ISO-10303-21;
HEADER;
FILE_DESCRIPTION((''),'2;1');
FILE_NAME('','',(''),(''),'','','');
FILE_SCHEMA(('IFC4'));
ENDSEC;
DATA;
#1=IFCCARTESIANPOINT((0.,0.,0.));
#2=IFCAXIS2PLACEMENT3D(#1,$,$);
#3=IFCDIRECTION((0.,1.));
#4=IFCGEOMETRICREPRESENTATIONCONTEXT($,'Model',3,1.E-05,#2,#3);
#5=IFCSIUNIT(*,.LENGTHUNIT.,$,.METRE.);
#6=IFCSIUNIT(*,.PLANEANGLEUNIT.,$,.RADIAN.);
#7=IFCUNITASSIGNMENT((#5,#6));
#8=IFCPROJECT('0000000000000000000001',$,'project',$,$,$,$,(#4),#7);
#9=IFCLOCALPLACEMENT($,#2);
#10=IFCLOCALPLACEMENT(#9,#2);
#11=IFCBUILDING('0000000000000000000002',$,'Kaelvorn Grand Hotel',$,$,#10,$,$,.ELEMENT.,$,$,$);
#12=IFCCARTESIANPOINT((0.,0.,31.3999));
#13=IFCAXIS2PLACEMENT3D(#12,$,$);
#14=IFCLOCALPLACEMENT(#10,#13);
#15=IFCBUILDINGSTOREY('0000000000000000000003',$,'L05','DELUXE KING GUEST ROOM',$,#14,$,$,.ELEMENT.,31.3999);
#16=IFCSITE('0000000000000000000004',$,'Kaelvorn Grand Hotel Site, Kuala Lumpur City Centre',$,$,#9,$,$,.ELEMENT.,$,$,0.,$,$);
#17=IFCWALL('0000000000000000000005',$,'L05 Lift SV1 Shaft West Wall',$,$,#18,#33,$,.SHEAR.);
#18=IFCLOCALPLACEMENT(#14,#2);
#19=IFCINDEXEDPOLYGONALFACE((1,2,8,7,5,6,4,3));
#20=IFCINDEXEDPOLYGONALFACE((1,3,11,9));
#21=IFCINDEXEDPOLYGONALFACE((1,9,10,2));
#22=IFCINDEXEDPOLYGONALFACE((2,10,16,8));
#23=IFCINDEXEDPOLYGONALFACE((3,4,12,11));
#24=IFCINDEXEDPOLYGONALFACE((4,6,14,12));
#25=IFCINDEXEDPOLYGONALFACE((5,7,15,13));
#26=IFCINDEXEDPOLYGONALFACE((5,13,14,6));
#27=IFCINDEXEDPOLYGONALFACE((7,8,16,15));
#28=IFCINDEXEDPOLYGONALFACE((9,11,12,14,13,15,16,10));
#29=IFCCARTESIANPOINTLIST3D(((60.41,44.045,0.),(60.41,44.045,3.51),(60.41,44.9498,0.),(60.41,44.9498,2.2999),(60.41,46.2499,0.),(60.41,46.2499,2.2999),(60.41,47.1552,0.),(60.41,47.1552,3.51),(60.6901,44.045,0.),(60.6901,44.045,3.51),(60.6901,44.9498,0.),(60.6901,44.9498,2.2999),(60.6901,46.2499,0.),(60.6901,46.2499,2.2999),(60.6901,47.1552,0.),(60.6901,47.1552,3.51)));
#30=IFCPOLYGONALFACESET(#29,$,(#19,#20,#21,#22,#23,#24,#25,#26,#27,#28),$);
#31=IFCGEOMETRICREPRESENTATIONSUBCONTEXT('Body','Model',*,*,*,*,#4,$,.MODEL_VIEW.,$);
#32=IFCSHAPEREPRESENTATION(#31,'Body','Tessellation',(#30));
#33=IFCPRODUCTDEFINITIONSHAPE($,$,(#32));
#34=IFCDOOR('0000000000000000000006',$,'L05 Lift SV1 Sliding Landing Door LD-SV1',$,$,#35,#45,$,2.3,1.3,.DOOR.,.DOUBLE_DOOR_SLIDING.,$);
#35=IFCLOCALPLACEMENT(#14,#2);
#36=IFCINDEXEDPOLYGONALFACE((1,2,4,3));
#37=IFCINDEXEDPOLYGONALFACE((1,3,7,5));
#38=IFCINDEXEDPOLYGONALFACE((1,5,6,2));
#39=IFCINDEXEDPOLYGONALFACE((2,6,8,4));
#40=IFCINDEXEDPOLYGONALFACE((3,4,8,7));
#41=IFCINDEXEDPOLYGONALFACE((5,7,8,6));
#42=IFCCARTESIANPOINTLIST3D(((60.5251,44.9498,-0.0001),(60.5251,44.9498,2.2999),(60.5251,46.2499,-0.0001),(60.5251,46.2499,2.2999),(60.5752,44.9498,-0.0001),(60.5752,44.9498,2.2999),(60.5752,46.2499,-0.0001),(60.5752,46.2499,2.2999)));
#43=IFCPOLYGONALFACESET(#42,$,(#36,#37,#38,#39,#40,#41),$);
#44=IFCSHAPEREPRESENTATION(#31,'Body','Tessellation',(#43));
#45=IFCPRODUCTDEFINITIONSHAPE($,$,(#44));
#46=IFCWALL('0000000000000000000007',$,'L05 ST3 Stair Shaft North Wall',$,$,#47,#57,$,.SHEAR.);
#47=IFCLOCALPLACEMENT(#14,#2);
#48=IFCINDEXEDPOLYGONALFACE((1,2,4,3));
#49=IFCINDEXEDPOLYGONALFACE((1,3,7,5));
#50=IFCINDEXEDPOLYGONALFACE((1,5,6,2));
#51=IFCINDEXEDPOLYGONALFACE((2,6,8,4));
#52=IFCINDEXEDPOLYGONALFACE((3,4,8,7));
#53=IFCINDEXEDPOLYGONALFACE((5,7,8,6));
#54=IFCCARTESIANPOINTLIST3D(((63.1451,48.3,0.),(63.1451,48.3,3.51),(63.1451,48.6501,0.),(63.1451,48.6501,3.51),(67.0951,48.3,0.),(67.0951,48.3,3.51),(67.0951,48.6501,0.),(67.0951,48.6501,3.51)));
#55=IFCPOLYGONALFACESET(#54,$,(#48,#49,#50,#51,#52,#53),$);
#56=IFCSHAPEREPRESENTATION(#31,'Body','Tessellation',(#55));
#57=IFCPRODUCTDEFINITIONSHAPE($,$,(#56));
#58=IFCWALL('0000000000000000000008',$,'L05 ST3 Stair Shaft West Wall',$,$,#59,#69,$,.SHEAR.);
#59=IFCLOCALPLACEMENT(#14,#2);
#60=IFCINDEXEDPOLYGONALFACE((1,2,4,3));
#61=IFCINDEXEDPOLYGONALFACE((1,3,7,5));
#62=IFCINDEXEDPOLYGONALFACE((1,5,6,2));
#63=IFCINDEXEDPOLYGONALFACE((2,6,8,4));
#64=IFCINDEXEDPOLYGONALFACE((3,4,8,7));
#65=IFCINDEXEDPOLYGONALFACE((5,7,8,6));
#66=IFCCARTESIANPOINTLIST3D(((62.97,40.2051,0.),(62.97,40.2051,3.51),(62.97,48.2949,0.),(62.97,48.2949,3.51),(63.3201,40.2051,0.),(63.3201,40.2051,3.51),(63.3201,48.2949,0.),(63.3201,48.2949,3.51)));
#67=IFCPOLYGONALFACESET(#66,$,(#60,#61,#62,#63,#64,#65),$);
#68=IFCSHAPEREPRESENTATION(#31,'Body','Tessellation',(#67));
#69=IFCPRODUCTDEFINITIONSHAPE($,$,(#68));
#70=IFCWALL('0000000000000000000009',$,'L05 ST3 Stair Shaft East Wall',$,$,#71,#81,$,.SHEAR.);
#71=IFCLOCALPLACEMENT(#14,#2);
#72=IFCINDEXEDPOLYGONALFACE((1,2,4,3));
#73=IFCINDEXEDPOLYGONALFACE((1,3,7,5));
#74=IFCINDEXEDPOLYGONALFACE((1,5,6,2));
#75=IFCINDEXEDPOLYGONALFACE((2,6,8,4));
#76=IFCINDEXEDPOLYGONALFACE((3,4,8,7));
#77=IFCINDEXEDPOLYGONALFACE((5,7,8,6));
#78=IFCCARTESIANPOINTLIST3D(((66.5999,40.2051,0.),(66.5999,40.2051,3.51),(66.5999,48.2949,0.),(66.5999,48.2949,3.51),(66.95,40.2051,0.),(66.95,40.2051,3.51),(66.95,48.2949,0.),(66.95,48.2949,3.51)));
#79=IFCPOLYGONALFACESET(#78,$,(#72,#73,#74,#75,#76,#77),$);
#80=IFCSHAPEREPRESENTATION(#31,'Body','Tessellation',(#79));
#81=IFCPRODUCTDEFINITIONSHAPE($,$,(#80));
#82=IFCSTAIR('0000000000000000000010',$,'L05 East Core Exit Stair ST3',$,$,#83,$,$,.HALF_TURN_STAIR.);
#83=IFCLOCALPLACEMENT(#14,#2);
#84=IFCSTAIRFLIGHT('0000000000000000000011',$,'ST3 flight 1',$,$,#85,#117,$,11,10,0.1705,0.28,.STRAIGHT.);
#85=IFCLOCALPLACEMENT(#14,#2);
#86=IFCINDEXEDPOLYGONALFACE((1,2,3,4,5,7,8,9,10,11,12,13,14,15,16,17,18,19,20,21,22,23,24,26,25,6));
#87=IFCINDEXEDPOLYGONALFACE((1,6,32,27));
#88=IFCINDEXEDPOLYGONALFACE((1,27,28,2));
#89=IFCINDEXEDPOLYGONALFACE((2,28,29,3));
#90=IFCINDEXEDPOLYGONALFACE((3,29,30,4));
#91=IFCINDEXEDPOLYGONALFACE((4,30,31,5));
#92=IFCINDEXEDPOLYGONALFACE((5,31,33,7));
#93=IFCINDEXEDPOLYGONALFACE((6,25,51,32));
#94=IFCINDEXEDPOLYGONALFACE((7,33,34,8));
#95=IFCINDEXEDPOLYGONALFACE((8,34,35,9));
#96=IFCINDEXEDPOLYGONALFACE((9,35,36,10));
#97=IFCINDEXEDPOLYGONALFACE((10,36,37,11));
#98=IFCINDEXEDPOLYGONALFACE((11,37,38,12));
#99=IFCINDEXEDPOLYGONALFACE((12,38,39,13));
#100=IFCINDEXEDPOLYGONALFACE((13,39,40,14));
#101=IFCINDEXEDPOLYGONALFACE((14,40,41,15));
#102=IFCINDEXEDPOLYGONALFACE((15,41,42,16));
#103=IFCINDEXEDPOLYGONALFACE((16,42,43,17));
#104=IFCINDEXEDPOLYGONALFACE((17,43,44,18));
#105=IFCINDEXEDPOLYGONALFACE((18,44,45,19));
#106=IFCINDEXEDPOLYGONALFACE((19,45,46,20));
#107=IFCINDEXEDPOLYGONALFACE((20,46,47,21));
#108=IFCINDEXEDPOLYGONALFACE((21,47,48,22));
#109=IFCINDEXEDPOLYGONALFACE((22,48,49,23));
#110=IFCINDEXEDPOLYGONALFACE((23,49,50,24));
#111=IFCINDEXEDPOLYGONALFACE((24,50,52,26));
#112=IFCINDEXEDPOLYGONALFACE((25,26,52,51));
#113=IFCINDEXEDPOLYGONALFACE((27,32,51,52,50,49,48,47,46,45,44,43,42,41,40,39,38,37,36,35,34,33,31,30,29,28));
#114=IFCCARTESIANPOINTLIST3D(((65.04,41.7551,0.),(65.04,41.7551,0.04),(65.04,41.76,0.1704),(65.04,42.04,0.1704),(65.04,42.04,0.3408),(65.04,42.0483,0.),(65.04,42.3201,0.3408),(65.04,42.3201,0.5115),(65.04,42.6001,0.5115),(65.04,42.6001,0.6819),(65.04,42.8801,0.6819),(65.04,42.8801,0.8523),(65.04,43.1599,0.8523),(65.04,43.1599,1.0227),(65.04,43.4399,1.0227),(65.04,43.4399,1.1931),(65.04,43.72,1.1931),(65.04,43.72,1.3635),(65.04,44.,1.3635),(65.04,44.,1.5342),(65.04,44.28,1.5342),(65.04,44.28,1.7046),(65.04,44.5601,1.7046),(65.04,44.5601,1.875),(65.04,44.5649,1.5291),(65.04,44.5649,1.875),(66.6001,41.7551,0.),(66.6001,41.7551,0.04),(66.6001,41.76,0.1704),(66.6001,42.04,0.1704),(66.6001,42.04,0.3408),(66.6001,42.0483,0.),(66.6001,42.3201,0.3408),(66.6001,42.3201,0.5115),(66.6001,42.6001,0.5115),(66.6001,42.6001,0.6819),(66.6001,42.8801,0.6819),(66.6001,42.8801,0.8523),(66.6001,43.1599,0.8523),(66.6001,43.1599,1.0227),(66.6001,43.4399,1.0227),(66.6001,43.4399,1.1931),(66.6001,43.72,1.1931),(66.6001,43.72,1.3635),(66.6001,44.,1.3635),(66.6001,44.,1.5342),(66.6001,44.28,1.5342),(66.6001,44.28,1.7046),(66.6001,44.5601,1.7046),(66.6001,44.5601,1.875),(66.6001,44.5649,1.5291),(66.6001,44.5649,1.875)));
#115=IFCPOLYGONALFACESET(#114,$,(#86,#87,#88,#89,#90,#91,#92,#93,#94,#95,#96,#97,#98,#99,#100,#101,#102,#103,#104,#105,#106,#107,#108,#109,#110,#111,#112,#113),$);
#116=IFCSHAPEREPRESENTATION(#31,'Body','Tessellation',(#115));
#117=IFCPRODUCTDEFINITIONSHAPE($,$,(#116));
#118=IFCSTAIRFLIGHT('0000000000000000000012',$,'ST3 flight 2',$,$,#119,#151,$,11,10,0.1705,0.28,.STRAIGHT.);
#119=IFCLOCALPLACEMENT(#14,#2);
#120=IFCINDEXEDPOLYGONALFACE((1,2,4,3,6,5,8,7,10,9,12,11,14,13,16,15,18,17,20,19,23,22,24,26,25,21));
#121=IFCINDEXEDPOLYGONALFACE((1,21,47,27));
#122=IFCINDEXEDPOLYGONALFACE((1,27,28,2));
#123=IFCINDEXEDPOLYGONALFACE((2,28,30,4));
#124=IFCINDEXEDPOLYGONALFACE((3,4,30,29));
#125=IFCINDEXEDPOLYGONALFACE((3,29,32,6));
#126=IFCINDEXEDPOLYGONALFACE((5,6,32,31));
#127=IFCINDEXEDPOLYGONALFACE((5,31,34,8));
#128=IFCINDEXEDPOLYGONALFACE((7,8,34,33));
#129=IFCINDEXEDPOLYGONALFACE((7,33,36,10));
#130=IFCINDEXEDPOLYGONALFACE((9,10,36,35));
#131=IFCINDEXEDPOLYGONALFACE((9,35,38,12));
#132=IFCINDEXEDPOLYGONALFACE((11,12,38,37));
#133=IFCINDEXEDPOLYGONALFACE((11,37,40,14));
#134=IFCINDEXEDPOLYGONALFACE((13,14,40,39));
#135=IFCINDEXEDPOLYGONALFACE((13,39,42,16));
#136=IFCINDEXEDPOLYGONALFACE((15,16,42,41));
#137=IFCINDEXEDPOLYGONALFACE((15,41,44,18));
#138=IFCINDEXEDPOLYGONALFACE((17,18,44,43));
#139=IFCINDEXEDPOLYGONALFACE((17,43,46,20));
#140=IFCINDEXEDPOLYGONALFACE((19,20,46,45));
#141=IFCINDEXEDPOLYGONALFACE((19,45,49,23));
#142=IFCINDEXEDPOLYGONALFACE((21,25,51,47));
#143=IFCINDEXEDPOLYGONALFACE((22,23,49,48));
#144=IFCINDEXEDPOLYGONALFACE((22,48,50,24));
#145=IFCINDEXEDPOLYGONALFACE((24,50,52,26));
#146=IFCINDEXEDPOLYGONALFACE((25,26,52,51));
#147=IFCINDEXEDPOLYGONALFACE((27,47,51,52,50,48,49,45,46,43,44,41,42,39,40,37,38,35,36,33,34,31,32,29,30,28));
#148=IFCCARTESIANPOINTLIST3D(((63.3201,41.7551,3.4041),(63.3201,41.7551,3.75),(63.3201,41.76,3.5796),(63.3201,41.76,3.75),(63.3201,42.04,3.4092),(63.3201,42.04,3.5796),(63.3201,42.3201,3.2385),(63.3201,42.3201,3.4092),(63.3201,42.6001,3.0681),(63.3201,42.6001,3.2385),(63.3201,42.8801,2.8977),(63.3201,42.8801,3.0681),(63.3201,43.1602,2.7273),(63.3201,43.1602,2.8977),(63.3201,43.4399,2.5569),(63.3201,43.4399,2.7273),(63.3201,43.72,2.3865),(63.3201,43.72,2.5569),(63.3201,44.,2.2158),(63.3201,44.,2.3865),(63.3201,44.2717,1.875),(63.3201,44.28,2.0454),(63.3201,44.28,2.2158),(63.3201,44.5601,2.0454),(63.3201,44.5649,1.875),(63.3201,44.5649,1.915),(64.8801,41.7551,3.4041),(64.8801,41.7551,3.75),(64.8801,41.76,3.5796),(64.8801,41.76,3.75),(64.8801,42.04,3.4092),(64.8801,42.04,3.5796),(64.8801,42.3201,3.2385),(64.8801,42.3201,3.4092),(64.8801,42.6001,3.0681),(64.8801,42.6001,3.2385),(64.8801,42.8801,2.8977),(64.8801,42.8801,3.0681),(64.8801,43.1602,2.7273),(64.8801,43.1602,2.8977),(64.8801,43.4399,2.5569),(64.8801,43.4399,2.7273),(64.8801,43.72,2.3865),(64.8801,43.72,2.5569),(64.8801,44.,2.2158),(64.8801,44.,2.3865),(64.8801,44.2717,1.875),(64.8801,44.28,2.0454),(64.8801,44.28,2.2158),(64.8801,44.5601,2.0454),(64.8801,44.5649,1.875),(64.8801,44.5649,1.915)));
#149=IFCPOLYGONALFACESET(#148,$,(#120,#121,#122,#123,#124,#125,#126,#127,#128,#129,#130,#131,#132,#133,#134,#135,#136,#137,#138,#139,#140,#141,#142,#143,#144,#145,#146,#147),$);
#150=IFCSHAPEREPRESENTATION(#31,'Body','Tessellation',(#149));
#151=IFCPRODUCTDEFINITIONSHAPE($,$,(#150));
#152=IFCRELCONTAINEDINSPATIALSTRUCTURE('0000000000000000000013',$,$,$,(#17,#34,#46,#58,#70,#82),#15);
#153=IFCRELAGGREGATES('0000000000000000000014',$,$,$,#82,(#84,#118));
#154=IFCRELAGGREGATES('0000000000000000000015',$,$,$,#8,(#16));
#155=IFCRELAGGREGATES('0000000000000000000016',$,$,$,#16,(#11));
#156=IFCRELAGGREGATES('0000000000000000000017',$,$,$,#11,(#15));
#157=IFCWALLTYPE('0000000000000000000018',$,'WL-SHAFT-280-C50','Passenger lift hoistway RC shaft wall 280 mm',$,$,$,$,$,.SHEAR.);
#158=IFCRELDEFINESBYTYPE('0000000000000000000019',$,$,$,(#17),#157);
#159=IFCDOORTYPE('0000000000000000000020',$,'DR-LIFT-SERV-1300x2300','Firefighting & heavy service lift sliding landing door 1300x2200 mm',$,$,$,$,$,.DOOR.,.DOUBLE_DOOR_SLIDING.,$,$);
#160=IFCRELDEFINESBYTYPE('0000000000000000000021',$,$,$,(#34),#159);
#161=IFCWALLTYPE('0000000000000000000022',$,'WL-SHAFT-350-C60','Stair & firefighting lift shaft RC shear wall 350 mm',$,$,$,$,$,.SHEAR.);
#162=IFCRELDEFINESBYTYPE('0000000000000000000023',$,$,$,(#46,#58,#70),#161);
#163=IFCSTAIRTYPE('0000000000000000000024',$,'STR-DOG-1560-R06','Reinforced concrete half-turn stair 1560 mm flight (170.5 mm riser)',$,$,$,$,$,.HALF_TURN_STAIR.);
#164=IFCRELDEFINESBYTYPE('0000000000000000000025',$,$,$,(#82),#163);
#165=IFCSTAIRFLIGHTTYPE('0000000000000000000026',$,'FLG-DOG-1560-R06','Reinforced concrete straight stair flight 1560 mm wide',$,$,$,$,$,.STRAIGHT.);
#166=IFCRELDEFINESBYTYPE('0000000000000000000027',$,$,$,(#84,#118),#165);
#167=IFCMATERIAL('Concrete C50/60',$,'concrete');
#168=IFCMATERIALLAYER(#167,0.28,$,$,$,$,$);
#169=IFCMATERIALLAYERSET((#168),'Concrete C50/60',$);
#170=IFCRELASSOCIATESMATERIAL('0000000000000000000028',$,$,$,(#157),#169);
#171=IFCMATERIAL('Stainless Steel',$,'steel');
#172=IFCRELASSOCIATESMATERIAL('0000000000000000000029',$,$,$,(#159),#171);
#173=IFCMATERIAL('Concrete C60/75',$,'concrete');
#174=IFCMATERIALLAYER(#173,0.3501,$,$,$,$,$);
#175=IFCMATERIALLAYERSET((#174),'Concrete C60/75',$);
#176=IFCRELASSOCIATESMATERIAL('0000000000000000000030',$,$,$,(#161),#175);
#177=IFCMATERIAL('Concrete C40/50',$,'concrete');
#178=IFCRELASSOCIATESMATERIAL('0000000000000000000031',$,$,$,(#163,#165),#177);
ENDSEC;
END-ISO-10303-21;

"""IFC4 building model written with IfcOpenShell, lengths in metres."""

from ifc_helpers import new_model, si_unit, direction, frame, frame_2d, origin, place, context, subcontext, project, spatial, polyline, rectangle, outline, extrude, material, layer, layer_set, type_object, element, fill, aggregate, save


model = new_model("IFC4")

# Units and contexts
model_context = context("Model", 3, precision=1e-05, world=origin(), true_north=direction((0.0, 1.0)))
body_context = subcontext(model_context, "Body", "Model", "MODEL_VIEW")
ifc_project = project(units=[si_unit("LENGTHUNIT", "METRE"), si_unit("PLANEANGLEUNIT", "RADIAN")], contexts=[model_context])

# Site, building, storey
site_placement = place(None, origin())
site = spatial("IfcSite", under=ifc_project, at=site_placement, Name="Kaelvorn Grand Hotel Site, Kuala Lumpur City Centre", CompositionType="ELEMENT", RefElevation=0.0)
building_placement = place(site_placement, origin())
building = spatial("IfcBuilding", under=site, at=building_placement, Name="Kaelvorn Grand Hotel", CompositionType="ELEMENT")
storey_placement = place(building_placement, frame((0.0, 0.0, 31.3999)))
storey = spatial("IfcBuildingStorey", under=building, at=storey_placement, Name="L05", Description="DELUXE KING GUEST ROOM", CompositionType="ELEMENT", Elevation=31.3999)

# Shared definitions
ifc_material_1 = material(Name="Concrete C60/75", Category="concrete")

# Shared definitions
ifc_material_2 = material(Name="Concrete C40/50", Category="concrete")

# Shared definitions
ifc_material_3 = material(Name="Concrete C50/60", Category="concrete")
ifc_layer_1 = layer(ifc_material_3, 0.28)
ifc_layer_set_1 = layer_set([ifc_layer_1], Name="Concrete C50/60")
wall_type_1 = type_object("IfcWallType", Name="WL-SHAFT-280-C50", Description="Passenger lift hoistway RC shaft wall 280 mm", PredefinedType="SHEAR", material=ifc_layer_set_1)
ifc_material_4 = material(Name="Stainless Steel", Category="steel")
door_type_1 = type_object("IfcDoorType", Name="DR-LIFT-SERV-1300x2300", Description="Firefighting & heavy service lift sliding landing door 1300x2200 mm", OperationType="DOUBLE_DOOR_SLIDING", PredefinedType="DOOR", material=ifc_material_4)

# Wall, opening, door
wall_1_placement = place(storey_placement, frame((60.55, 44.0449, 0.0), z_axis=(0.0, 0.0, 1.0), x_axis=(0.0, 1.0, 0.0)))
wall_1 = element("IfcWall", 1, at=wall_1_placement, inside=storey, type_object=wall_type_1, Name="L05 Lift SV1 Shaft West Wall", PredefinedType="SHEAR", context=body_context, shape_type="SweptSolid", body=[
    extrude(rectangle(XDim=3.1101, YDim=0.28, at=frame_2d((1.5552, 0.0))), origin(), (0.0, 0.0, 1.0), 3.51),
])
opening_1_placement = place(wall_1_placement, frame((0.905, 0.0, 0.0)))
opening_1 = element("IfcOpeningElement", 2, at=opening_1_placement, cuts=wall_1, PredefinedType="OPENING", context=body_context, shape_type="SweptSolid", body=[
    extrude(rectangle(XDim=1.3, YDim=2.3, at=frame_2d((0.6499, 1.1499))), frame((0.0, 0.1499, 0.0), z_axis=(0.0, -1.0, 0.0), x_axis=(1.0, 0.0, 0.0)), (0.0, 0.0, 1.0), 0.3),
])
door_1_placement = place(opening_1_placement, origin())
door_1 = element("IfcDoor", 3, at=door_1_placement, inside=storey, type_object=door_type_1, Name="L05 Lift SV1 Sliding Landing Door LD-SV1", OperationType="DOUBLE_DOOR_SLIDING", OverallHeight=2.3, OverallWidth=1.3, PredefinedType="DOOR", context=body_context, shape_type="SweptSolid", body=[
    extrude(rectangle(XDim=1.3, YDim=2.3, at=frame_2d((0.6499, 1.1499))), frame((0.0, 0.0249, 0.0), z_axis=(0.0, -1.0, 0.0), x_axis=(1.0, 0.0, 0.0)), (0.0, 0.0, 1.0), 0.05),
])
fill(opening_1, door_1)
ifc_layer_2 = layer(ifc_material_1, 0.3501)
ifc_layer_set_2 = layer_set([ifc_layer_2], Name="Concrete C60/75")
wall_type_2 = type_object("IfcWallType", Name="WL-SHAFT-350-C60", Description="Stair & firefighting lift shaft RC shear wall 350 mm", PredefinedType="SHEAR", material=ifc_layer_set_2)

# Walls
wall_2_placement = place(storey_placement, frame((63.145, 48.4751, 0.0), z_axis=(0.0, 0.0, 1.0), x_axis=(1.0, 0.0, 0.0)))
element("IfcWall", 4, at=wall_2_placement, inside=storey, type_object=wall_type_2, Name="L05 ST3 Stair Shaft North Wall", PredefinedType="SHEAR", context=body_context, shape_type="SweptSolid", body=[
    extrude(rectangle(XDim=3.95, YDim=0.3501, at=frame_2d((1.9751, 0.0))), origin(), (0.0, 0.0, 1.0), 3.51),
])
for number, where, z_axis, x_axis, name in (
    (5, (63.145, 40.2051, 0.0), (0.0, 0.0, 1.0), (0.0, 1.0, 0.0), "L05 ST3 Stair Shaft West Wall"),
    (6, (66.7749, 40.2051, 0.0), (0.0, 0.0, 1.0), (0.0, 1.0, 0.0), "L05 ST3 Stair Shaft East Wall"),
):
    element("IfcWall", number, at=place(storey_placement, frame(where, z_axis=z_axis, x_axis=x_axis)), inside=storey, type_object=wall_type_2, Name=name, PredefinedType="SHEAR", context=body_context, shape_type="SweptSolid", body=[
        extrude(rectangle(XDim=8.0898, YDim=0.3501, at=frame_2d((4.0449, 0.0))), origin(), (0.0, 0.0, 1.0), 3.51),
    ])

# Stair, stair flights
stair_type = type_object("IfcStairType", Name="STR-DOG-1560-R06", Description="Reinforced concrete half-turn stair 1560 mm flight (170.5 mm riser)", PredefinedType="HALF_TURN_STAIR", material=ifc_material_2)
stair_placement = place(storey_placement, origin())
stair = element("IfcStair", 7, at=stair_placement, inside=storey, type_object=stair_type, Name="L05 East Core Exit Stair ST3", PredefinedType="HALF_TURN_STAIR")
stair_flight_type = type_object("IfcStairFlightType", Name="FLG-DOG-1560-R06", Description="Reinforced concrete straight stair flight 1560 mm wide", PredefinedType="STRAIGHT", material=ifc_material_2)
stair_flight_1_placement = place(storey_placement, frame((65.8201, 41.76, 0.0), z_axis=(0.0, 0.0, 1.0), x_axis=(0.0, 1.0, 0.0)))
stair_flight_1 = element("IfcStairFlight", 8, at=stair_flight_1_placement, type_object=stair_flight_type, Name="ST3 flight 1", NumberOfRisers=11, NumberOfTreads=10, PredefinedType="STRAIGHT", RiserHeight=0.1705, TreadLength=0.28, context=body_context, shape_type="SweptSolid", body=[
    extrude(outline(polyline([(-0.0049, 0.0), (-0.0049, 0.04), (0.0, 0.1704), (0.28, 0.1704), (0.28, 0.3408), (0.5601, 0.3408), (0.5601, 0.5115), (0.8401, 0.5115), (0.8401, 0.6819), (1.1201, 0.6819), (1.1201, 0.8523), (1.3999, 0.8523), (1.3999, 1.0227), (1.6799, 1.0227), (1.6799, 1.1931), (1.96, 1.1931), (1.96, 1.3635), (2.24, 1.3635), (2.24, 1.5342), (2.52, 1.5342), (2.52, 1.7046), (2.8, 1.7046), (2.8, 1.875), (2.8049, 1.875), (2.8049, 1.5291), (0.2883, 0.0), (-0.0049, 0.0)])), frame((0.0, 0.78, 0.0), z_axis=(0.0, -1.0, 0.0), x_axis=(1.0, 0.0, 0.0)), (0.0, 0.0, 1.0), 1.5601),
])
stair_flight_2_placement = place(storey_placement, frame((64.1001, 44.5601, 1.875), z_axis=(0.0, 0.0, 1.0), x_axis=(0.0, -1.0, 0.0)))
stair_flight_2 = element("IfcStairFlight", 9, at=stair_flight_2_placement, type_object=stair_flight_type, Name="ST3 flight 2", NumberOfRisers=11, NumberOfTreads=10, PredefinedType="STRAIGHT", RiserHeight=0.1705, TreadLength=0.28, context=body_context, shape_type="SweptSolid", body=[
    extrude(outline(polyline([(-0.0049, 0.0), (-0.0049, 0.04), (0.0, 0.1704), (0.28, 0.1704), (0.28, 0.3408), (0.5601, 0.3408), (0.5601, 0.5115), (0.8401, 0.5115), (0.8401, 0.6819), (1.1201, 0.6819), (1.1201, 0.8523), (1.3999, 0.8523), (1.3999, 1.0227), (1.6799, 1.0227), (1.6799, 1.1931), (1.96, 1.1931), (1.96, 1.3635), (2.24, 1.3635), (2.24, 1.5342), (2.52, 1.5342), (2.52, 1.7046), (2.8, 1.7046), (2.8, 1.875), (2.8049, 1.875), (2.8049, 1.5291), (0.2883, 0.0), (-0.0049, 0.0)])), frame((0.0, 0.78, 0.0), z_axis=(0.0, -1.0, 0.0), x_axis=(1.0, 0.0, 0.0)), (0.0, 0.0, 1.0), 1.5601),
])
aggregate(stair, [stair_flight_1, stair_flight_2])

save(model, "model.ifc")
